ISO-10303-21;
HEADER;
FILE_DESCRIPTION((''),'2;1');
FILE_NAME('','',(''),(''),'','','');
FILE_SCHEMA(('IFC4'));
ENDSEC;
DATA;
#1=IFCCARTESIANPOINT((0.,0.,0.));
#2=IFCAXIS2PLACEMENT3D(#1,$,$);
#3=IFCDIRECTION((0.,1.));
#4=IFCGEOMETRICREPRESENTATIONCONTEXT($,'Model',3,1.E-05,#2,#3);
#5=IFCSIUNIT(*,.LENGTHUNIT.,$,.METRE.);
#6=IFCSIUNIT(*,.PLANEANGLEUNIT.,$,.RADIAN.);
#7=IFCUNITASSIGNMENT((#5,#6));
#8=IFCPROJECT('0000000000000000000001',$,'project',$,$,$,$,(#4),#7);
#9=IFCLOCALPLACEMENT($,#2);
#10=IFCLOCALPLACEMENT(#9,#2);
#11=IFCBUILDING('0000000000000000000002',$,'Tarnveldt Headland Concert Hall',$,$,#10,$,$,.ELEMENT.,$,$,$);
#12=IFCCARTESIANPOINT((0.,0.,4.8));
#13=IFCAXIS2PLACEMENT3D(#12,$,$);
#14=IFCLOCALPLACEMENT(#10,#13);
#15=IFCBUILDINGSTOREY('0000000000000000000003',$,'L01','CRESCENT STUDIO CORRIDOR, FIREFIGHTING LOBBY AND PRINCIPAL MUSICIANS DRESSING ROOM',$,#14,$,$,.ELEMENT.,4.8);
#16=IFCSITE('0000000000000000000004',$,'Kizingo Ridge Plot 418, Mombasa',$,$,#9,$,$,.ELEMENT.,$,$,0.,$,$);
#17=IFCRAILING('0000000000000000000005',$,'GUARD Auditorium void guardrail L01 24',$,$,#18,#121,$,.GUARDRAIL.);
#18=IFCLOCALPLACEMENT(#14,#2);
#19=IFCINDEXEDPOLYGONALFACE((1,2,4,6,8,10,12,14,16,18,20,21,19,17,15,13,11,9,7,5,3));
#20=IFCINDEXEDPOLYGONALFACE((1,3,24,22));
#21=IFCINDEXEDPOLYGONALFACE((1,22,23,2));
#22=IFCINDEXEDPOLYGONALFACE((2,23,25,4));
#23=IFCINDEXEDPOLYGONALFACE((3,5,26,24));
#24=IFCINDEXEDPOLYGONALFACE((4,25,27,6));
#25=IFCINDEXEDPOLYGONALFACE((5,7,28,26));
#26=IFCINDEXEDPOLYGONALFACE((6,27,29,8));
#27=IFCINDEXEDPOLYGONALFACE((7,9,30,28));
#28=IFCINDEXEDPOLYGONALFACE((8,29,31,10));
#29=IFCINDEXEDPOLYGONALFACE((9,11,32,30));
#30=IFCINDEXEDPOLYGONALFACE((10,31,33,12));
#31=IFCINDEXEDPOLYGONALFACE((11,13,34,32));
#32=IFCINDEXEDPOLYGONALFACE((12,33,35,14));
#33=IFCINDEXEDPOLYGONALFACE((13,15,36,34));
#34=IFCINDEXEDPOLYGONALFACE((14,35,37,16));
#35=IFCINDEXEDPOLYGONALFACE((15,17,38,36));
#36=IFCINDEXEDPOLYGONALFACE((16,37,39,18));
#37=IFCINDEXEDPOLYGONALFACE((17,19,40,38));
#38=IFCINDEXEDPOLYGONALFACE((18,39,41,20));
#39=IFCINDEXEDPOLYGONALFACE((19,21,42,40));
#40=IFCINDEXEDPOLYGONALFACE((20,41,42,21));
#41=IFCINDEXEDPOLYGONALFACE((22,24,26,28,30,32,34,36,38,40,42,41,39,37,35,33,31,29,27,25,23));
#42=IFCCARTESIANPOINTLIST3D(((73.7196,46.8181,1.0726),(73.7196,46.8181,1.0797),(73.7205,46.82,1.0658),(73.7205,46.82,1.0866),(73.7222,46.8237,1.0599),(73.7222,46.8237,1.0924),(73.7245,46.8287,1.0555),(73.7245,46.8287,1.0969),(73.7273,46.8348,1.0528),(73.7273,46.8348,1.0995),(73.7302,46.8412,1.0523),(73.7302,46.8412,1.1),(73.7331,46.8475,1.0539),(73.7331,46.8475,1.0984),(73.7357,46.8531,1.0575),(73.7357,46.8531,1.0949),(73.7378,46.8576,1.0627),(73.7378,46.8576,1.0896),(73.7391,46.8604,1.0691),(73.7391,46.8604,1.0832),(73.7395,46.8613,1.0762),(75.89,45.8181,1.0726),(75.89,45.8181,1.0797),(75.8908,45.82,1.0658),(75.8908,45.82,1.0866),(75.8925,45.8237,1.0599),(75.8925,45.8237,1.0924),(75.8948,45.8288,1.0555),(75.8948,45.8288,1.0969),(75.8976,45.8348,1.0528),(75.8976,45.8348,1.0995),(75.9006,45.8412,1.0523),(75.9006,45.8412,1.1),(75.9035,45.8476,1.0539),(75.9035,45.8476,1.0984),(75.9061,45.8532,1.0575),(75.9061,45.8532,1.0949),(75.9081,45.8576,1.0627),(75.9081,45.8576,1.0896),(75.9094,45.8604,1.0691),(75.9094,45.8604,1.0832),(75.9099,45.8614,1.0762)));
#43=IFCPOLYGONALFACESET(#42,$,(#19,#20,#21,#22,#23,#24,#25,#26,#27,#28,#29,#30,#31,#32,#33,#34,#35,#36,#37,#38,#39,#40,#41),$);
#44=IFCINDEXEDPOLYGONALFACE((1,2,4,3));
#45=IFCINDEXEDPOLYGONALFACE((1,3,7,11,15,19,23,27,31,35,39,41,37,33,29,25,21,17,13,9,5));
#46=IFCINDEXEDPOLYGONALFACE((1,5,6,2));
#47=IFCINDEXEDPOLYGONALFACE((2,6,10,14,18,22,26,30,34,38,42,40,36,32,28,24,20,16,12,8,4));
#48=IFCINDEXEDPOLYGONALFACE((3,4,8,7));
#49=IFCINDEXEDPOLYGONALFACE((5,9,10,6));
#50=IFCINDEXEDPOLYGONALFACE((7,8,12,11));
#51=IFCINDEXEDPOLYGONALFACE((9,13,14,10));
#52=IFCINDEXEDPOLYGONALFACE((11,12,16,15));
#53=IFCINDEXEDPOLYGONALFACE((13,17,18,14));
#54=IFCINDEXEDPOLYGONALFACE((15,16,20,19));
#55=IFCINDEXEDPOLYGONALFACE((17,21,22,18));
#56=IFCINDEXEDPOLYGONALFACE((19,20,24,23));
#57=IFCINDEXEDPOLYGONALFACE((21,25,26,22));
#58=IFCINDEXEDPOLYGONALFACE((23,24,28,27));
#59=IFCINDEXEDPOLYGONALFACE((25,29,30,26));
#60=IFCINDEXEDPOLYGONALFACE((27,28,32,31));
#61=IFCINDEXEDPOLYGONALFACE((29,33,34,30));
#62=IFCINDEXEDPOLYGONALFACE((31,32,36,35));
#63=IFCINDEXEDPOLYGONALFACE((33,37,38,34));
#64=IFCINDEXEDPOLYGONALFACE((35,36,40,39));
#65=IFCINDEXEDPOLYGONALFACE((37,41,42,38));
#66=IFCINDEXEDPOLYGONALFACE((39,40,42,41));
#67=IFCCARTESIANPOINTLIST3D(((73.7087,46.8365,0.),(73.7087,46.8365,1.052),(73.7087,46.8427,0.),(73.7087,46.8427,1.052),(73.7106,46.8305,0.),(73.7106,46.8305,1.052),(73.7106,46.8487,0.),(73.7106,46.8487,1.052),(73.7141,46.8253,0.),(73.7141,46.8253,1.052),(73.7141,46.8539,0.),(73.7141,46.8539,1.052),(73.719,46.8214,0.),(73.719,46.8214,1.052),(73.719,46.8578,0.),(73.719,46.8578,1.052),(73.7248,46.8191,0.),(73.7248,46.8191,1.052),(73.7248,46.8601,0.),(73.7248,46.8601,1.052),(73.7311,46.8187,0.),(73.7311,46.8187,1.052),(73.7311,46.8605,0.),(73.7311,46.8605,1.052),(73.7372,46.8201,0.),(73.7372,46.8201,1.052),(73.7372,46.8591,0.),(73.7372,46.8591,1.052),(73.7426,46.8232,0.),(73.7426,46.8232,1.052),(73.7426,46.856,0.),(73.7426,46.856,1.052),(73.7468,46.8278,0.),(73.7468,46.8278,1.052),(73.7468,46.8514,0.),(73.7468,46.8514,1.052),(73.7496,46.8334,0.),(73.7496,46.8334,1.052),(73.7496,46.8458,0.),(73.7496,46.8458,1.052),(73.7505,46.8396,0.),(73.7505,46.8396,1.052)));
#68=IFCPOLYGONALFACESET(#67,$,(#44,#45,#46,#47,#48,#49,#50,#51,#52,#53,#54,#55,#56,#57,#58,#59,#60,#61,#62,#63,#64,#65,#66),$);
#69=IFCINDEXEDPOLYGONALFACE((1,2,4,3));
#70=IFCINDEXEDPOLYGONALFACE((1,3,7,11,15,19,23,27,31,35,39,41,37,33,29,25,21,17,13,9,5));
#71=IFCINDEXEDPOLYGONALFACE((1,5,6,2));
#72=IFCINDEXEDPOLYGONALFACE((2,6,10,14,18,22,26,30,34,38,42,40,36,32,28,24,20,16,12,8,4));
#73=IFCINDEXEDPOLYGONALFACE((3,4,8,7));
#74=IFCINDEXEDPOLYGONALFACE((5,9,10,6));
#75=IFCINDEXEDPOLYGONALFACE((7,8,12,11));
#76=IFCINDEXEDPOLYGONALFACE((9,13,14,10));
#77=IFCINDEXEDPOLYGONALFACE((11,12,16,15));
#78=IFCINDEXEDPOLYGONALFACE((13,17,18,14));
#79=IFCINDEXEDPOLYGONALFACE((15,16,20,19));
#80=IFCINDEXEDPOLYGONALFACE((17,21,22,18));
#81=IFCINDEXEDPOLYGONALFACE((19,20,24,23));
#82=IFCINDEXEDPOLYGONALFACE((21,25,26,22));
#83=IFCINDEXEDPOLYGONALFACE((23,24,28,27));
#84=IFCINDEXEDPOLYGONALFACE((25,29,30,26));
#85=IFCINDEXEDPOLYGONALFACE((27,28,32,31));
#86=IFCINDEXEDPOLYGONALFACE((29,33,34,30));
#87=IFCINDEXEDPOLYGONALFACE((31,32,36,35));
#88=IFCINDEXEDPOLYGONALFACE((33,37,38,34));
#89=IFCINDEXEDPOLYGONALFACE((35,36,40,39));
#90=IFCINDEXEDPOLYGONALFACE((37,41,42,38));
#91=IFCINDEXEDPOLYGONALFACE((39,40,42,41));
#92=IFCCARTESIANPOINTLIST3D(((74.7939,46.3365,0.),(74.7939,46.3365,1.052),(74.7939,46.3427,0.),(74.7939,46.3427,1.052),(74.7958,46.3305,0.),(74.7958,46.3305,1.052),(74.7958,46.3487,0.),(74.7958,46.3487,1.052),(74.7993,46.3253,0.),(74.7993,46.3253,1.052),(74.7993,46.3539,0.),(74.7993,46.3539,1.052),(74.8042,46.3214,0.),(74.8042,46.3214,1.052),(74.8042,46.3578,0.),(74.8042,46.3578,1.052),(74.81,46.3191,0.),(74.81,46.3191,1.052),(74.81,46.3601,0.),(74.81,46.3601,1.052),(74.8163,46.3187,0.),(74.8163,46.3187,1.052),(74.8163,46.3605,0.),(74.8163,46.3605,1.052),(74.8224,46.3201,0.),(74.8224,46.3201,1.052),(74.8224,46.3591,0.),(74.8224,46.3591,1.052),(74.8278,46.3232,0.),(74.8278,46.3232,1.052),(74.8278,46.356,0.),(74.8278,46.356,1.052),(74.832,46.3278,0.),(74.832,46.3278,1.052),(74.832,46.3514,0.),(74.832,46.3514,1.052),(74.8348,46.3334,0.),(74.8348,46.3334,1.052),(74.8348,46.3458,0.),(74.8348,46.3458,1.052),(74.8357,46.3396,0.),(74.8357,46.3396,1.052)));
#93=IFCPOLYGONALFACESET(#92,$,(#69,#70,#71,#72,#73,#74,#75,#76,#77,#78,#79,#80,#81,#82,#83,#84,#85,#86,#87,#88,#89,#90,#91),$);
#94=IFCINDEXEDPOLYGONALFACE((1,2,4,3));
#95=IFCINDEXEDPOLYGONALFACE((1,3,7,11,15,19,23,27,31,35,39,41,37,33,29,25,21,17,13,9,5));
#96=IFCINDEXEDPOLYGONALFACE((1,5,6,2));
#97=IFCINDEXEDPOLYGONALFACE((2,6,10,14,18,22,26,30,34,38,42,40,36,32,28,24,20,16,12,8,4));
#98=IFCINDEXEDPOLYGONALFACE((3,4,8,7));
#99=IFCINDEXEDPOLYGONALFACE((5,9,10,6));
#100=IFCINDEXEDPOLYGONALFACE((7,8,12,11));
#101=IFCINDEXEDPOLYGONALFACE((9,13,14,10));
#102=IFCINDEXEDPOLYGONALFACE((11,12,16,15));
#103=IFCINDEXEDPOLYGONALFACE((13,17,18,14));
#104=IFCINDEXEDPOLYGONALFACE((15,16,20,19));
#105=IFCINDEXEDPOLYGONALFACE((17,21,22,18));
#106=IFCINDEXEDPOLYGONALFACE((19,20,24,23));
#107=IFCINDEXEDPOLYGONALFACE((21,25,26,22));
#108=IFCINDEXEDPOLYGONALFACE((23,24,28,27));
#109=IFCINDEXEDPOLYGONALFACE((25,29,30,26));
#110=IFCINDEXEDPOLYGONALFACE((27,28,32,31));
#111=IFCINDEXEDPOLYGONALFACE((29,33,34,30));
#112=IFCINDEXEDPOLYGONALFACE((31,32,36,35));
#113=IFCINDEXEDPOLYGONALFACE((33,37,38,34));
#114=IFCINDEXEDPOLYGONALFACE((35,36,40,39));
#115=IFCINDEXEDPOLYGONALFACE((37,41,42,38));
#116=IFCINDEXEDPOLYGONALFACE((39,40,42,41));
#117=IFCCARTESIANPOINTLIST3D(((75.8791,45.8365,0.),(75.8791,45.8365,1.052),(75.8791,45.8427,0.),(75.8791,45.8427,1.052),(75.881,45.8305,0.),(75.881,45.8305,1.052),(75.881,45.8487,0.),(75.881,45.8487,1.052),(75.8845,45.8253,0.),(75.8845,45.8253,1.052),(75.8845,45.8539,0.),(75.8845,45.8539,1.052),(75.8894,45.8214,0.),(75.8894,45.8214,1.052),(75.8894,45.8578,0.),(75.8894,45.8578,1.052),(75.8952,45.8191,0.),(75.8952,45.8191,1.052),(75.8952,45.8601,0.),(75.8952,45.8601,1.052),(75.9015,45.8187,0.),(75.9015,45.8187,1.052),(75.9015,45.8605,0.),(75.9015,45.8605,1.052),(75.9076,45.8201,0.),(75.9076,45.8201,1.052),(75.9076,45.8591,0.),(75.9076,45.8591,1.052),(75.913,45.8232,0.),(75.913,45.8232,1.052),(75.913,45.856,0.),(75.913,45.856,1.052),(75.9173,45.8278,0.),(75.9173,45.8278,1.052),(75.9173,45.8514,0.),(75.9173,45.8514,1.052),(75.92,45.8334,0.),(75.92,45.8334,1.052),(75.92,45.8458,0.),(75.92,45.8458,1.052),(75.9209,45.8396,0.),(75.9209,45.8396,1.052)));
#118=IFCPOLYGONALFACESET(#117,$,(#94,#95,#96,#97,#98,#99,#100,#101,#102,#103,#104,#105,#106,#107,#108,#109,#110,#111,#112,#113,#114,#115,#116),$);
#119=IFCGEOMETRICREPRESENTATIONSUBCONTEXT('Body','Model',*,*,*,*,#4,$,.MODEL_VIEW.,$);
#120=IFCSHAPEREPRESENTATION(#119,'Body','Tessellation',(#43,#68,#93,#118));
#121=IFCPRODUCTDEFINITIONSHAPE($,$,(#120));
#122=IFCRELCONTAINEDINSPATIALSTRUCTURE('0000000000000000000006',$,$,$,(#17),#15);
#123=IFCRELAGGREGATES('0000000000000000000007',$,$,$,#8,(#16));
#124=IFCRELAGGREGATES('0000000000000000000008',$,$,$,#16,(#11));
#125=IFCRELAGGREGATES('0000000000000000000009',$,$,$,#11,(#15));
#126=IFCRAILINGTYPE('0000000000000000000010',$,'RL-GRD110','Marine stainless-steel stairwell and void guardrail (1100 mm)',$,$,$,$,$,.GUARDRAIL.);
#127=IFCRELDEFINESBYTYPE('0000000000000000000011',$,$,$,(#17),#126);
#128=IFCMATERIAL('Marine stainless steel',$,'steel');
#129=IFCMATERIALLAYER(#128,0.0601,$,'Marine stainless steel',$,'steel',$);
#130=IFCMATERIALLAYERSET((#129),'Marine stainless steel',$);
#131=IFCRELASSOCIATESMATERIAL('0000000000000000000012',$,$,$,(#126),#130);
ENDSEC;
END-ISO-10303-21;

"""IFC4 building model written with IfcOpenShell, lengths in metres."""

from ifc_helpers import new_model, si_unit, direction, frame, origin, origin_2d, place, context, subcontext, project, spatial, circle, extrude, material, layer, layer_set, type_object, element, save


model = new_model("IFC4")

# Units and contexts
model_context = context("Model", 3, precision=1e-05, world=origin(), true_north=direction((0.0, 1.0)))
body_context = subcontext(model_context, "Body", "Model", "MODEL_VIEW")
ifc_project = project(units=[si_unit("LENGTHUNIT", "METRE"), si_unit("PLANEANGLEUNIT", "RADIAN")], contexts=[model_context])

# Site, building, storey
site_placement = place(None, origin())
site = spatial("IfcSite", under=ifc_project, at=site_placement, Name="Kizingo Ridge Plot 418, Mombasa", CompositionType="ELEMENT", RefElevation=0.0)
building_placement = place(site_placement, origin())
building = spatial("IfcBuilding", under=site, at=building_placement, Name="Tarnveldt Headland Concert Hall", CompositionType="ELEMENT")
storey_placement = place(building_placement, frame((0.0, 0.0, 4.8)))
storey = spatial("IfcBuildingStorey", under=building, at=storey_placement, Name="L01", Description="CRESCENT STUDIO CORRIDOR, FIREFIGHTING LOBBY AND PRINCIPAL MUSICIANS DRESSING ROOM", CompositionType="ELEMENT", Elevation=4.8)

# Railing
ifc_material_1 = material(Name="Marine stainless steel", Category="steel")
ifc_layer_1 = layer(ifc_material_1, 0.0601, Name="Marine stainless steel", Category="steel")
ifc_layer_set_1 = layer_set([ifc_layer_1], Name="Marine stainless steel")
railing_type = type_object("IfcRailingType", Name="RL-GRD110", Description="Marine stainless-steel stairwell and void guardrail (1100 mm)", PredefinedType="GUARDRAIL", material=ifc_layer_set_1)
railing_1_placement = place(storey_placement, frame((73.7295, 46.8396, 0.0)))
element("IfcRailing", 1, at=railing_1_placement, inside=storey, type_object=railing_type, Name="GUARD Auditorium void guardrail L01 24", PredefinedType="GUARDRAIL", context=body_context, shape_type="SweptSolid", body=[
    extrude(circle(Radius=0.0239, at=origin_2d()), frame((0.0, 0.0, 1.0762), z_axis=(0.908234, -0.418462, 0.0), x_axis=(0.418462, 0.908234, 0.0)), (0.0, 0.0, 1.0), 2.3896),
    extrude(circle(Radius=0.021, at=origin_2d()), origin(), (0.0, 0.0, 1.0), 1.052),
    extrude(circle(Radius=0.021, at=origin_2d()), frame((1.0852, -0.5, 0.0)), (0.0, 0.0, 1.0), 1.052),
    extrude(circle(Radius=0.021, at=origin_2d()), frame((2.1704, -1.0, 0.0)), (0.0, 0.0, 1.0), 1.052),
])

save(model, "model.ifc")
